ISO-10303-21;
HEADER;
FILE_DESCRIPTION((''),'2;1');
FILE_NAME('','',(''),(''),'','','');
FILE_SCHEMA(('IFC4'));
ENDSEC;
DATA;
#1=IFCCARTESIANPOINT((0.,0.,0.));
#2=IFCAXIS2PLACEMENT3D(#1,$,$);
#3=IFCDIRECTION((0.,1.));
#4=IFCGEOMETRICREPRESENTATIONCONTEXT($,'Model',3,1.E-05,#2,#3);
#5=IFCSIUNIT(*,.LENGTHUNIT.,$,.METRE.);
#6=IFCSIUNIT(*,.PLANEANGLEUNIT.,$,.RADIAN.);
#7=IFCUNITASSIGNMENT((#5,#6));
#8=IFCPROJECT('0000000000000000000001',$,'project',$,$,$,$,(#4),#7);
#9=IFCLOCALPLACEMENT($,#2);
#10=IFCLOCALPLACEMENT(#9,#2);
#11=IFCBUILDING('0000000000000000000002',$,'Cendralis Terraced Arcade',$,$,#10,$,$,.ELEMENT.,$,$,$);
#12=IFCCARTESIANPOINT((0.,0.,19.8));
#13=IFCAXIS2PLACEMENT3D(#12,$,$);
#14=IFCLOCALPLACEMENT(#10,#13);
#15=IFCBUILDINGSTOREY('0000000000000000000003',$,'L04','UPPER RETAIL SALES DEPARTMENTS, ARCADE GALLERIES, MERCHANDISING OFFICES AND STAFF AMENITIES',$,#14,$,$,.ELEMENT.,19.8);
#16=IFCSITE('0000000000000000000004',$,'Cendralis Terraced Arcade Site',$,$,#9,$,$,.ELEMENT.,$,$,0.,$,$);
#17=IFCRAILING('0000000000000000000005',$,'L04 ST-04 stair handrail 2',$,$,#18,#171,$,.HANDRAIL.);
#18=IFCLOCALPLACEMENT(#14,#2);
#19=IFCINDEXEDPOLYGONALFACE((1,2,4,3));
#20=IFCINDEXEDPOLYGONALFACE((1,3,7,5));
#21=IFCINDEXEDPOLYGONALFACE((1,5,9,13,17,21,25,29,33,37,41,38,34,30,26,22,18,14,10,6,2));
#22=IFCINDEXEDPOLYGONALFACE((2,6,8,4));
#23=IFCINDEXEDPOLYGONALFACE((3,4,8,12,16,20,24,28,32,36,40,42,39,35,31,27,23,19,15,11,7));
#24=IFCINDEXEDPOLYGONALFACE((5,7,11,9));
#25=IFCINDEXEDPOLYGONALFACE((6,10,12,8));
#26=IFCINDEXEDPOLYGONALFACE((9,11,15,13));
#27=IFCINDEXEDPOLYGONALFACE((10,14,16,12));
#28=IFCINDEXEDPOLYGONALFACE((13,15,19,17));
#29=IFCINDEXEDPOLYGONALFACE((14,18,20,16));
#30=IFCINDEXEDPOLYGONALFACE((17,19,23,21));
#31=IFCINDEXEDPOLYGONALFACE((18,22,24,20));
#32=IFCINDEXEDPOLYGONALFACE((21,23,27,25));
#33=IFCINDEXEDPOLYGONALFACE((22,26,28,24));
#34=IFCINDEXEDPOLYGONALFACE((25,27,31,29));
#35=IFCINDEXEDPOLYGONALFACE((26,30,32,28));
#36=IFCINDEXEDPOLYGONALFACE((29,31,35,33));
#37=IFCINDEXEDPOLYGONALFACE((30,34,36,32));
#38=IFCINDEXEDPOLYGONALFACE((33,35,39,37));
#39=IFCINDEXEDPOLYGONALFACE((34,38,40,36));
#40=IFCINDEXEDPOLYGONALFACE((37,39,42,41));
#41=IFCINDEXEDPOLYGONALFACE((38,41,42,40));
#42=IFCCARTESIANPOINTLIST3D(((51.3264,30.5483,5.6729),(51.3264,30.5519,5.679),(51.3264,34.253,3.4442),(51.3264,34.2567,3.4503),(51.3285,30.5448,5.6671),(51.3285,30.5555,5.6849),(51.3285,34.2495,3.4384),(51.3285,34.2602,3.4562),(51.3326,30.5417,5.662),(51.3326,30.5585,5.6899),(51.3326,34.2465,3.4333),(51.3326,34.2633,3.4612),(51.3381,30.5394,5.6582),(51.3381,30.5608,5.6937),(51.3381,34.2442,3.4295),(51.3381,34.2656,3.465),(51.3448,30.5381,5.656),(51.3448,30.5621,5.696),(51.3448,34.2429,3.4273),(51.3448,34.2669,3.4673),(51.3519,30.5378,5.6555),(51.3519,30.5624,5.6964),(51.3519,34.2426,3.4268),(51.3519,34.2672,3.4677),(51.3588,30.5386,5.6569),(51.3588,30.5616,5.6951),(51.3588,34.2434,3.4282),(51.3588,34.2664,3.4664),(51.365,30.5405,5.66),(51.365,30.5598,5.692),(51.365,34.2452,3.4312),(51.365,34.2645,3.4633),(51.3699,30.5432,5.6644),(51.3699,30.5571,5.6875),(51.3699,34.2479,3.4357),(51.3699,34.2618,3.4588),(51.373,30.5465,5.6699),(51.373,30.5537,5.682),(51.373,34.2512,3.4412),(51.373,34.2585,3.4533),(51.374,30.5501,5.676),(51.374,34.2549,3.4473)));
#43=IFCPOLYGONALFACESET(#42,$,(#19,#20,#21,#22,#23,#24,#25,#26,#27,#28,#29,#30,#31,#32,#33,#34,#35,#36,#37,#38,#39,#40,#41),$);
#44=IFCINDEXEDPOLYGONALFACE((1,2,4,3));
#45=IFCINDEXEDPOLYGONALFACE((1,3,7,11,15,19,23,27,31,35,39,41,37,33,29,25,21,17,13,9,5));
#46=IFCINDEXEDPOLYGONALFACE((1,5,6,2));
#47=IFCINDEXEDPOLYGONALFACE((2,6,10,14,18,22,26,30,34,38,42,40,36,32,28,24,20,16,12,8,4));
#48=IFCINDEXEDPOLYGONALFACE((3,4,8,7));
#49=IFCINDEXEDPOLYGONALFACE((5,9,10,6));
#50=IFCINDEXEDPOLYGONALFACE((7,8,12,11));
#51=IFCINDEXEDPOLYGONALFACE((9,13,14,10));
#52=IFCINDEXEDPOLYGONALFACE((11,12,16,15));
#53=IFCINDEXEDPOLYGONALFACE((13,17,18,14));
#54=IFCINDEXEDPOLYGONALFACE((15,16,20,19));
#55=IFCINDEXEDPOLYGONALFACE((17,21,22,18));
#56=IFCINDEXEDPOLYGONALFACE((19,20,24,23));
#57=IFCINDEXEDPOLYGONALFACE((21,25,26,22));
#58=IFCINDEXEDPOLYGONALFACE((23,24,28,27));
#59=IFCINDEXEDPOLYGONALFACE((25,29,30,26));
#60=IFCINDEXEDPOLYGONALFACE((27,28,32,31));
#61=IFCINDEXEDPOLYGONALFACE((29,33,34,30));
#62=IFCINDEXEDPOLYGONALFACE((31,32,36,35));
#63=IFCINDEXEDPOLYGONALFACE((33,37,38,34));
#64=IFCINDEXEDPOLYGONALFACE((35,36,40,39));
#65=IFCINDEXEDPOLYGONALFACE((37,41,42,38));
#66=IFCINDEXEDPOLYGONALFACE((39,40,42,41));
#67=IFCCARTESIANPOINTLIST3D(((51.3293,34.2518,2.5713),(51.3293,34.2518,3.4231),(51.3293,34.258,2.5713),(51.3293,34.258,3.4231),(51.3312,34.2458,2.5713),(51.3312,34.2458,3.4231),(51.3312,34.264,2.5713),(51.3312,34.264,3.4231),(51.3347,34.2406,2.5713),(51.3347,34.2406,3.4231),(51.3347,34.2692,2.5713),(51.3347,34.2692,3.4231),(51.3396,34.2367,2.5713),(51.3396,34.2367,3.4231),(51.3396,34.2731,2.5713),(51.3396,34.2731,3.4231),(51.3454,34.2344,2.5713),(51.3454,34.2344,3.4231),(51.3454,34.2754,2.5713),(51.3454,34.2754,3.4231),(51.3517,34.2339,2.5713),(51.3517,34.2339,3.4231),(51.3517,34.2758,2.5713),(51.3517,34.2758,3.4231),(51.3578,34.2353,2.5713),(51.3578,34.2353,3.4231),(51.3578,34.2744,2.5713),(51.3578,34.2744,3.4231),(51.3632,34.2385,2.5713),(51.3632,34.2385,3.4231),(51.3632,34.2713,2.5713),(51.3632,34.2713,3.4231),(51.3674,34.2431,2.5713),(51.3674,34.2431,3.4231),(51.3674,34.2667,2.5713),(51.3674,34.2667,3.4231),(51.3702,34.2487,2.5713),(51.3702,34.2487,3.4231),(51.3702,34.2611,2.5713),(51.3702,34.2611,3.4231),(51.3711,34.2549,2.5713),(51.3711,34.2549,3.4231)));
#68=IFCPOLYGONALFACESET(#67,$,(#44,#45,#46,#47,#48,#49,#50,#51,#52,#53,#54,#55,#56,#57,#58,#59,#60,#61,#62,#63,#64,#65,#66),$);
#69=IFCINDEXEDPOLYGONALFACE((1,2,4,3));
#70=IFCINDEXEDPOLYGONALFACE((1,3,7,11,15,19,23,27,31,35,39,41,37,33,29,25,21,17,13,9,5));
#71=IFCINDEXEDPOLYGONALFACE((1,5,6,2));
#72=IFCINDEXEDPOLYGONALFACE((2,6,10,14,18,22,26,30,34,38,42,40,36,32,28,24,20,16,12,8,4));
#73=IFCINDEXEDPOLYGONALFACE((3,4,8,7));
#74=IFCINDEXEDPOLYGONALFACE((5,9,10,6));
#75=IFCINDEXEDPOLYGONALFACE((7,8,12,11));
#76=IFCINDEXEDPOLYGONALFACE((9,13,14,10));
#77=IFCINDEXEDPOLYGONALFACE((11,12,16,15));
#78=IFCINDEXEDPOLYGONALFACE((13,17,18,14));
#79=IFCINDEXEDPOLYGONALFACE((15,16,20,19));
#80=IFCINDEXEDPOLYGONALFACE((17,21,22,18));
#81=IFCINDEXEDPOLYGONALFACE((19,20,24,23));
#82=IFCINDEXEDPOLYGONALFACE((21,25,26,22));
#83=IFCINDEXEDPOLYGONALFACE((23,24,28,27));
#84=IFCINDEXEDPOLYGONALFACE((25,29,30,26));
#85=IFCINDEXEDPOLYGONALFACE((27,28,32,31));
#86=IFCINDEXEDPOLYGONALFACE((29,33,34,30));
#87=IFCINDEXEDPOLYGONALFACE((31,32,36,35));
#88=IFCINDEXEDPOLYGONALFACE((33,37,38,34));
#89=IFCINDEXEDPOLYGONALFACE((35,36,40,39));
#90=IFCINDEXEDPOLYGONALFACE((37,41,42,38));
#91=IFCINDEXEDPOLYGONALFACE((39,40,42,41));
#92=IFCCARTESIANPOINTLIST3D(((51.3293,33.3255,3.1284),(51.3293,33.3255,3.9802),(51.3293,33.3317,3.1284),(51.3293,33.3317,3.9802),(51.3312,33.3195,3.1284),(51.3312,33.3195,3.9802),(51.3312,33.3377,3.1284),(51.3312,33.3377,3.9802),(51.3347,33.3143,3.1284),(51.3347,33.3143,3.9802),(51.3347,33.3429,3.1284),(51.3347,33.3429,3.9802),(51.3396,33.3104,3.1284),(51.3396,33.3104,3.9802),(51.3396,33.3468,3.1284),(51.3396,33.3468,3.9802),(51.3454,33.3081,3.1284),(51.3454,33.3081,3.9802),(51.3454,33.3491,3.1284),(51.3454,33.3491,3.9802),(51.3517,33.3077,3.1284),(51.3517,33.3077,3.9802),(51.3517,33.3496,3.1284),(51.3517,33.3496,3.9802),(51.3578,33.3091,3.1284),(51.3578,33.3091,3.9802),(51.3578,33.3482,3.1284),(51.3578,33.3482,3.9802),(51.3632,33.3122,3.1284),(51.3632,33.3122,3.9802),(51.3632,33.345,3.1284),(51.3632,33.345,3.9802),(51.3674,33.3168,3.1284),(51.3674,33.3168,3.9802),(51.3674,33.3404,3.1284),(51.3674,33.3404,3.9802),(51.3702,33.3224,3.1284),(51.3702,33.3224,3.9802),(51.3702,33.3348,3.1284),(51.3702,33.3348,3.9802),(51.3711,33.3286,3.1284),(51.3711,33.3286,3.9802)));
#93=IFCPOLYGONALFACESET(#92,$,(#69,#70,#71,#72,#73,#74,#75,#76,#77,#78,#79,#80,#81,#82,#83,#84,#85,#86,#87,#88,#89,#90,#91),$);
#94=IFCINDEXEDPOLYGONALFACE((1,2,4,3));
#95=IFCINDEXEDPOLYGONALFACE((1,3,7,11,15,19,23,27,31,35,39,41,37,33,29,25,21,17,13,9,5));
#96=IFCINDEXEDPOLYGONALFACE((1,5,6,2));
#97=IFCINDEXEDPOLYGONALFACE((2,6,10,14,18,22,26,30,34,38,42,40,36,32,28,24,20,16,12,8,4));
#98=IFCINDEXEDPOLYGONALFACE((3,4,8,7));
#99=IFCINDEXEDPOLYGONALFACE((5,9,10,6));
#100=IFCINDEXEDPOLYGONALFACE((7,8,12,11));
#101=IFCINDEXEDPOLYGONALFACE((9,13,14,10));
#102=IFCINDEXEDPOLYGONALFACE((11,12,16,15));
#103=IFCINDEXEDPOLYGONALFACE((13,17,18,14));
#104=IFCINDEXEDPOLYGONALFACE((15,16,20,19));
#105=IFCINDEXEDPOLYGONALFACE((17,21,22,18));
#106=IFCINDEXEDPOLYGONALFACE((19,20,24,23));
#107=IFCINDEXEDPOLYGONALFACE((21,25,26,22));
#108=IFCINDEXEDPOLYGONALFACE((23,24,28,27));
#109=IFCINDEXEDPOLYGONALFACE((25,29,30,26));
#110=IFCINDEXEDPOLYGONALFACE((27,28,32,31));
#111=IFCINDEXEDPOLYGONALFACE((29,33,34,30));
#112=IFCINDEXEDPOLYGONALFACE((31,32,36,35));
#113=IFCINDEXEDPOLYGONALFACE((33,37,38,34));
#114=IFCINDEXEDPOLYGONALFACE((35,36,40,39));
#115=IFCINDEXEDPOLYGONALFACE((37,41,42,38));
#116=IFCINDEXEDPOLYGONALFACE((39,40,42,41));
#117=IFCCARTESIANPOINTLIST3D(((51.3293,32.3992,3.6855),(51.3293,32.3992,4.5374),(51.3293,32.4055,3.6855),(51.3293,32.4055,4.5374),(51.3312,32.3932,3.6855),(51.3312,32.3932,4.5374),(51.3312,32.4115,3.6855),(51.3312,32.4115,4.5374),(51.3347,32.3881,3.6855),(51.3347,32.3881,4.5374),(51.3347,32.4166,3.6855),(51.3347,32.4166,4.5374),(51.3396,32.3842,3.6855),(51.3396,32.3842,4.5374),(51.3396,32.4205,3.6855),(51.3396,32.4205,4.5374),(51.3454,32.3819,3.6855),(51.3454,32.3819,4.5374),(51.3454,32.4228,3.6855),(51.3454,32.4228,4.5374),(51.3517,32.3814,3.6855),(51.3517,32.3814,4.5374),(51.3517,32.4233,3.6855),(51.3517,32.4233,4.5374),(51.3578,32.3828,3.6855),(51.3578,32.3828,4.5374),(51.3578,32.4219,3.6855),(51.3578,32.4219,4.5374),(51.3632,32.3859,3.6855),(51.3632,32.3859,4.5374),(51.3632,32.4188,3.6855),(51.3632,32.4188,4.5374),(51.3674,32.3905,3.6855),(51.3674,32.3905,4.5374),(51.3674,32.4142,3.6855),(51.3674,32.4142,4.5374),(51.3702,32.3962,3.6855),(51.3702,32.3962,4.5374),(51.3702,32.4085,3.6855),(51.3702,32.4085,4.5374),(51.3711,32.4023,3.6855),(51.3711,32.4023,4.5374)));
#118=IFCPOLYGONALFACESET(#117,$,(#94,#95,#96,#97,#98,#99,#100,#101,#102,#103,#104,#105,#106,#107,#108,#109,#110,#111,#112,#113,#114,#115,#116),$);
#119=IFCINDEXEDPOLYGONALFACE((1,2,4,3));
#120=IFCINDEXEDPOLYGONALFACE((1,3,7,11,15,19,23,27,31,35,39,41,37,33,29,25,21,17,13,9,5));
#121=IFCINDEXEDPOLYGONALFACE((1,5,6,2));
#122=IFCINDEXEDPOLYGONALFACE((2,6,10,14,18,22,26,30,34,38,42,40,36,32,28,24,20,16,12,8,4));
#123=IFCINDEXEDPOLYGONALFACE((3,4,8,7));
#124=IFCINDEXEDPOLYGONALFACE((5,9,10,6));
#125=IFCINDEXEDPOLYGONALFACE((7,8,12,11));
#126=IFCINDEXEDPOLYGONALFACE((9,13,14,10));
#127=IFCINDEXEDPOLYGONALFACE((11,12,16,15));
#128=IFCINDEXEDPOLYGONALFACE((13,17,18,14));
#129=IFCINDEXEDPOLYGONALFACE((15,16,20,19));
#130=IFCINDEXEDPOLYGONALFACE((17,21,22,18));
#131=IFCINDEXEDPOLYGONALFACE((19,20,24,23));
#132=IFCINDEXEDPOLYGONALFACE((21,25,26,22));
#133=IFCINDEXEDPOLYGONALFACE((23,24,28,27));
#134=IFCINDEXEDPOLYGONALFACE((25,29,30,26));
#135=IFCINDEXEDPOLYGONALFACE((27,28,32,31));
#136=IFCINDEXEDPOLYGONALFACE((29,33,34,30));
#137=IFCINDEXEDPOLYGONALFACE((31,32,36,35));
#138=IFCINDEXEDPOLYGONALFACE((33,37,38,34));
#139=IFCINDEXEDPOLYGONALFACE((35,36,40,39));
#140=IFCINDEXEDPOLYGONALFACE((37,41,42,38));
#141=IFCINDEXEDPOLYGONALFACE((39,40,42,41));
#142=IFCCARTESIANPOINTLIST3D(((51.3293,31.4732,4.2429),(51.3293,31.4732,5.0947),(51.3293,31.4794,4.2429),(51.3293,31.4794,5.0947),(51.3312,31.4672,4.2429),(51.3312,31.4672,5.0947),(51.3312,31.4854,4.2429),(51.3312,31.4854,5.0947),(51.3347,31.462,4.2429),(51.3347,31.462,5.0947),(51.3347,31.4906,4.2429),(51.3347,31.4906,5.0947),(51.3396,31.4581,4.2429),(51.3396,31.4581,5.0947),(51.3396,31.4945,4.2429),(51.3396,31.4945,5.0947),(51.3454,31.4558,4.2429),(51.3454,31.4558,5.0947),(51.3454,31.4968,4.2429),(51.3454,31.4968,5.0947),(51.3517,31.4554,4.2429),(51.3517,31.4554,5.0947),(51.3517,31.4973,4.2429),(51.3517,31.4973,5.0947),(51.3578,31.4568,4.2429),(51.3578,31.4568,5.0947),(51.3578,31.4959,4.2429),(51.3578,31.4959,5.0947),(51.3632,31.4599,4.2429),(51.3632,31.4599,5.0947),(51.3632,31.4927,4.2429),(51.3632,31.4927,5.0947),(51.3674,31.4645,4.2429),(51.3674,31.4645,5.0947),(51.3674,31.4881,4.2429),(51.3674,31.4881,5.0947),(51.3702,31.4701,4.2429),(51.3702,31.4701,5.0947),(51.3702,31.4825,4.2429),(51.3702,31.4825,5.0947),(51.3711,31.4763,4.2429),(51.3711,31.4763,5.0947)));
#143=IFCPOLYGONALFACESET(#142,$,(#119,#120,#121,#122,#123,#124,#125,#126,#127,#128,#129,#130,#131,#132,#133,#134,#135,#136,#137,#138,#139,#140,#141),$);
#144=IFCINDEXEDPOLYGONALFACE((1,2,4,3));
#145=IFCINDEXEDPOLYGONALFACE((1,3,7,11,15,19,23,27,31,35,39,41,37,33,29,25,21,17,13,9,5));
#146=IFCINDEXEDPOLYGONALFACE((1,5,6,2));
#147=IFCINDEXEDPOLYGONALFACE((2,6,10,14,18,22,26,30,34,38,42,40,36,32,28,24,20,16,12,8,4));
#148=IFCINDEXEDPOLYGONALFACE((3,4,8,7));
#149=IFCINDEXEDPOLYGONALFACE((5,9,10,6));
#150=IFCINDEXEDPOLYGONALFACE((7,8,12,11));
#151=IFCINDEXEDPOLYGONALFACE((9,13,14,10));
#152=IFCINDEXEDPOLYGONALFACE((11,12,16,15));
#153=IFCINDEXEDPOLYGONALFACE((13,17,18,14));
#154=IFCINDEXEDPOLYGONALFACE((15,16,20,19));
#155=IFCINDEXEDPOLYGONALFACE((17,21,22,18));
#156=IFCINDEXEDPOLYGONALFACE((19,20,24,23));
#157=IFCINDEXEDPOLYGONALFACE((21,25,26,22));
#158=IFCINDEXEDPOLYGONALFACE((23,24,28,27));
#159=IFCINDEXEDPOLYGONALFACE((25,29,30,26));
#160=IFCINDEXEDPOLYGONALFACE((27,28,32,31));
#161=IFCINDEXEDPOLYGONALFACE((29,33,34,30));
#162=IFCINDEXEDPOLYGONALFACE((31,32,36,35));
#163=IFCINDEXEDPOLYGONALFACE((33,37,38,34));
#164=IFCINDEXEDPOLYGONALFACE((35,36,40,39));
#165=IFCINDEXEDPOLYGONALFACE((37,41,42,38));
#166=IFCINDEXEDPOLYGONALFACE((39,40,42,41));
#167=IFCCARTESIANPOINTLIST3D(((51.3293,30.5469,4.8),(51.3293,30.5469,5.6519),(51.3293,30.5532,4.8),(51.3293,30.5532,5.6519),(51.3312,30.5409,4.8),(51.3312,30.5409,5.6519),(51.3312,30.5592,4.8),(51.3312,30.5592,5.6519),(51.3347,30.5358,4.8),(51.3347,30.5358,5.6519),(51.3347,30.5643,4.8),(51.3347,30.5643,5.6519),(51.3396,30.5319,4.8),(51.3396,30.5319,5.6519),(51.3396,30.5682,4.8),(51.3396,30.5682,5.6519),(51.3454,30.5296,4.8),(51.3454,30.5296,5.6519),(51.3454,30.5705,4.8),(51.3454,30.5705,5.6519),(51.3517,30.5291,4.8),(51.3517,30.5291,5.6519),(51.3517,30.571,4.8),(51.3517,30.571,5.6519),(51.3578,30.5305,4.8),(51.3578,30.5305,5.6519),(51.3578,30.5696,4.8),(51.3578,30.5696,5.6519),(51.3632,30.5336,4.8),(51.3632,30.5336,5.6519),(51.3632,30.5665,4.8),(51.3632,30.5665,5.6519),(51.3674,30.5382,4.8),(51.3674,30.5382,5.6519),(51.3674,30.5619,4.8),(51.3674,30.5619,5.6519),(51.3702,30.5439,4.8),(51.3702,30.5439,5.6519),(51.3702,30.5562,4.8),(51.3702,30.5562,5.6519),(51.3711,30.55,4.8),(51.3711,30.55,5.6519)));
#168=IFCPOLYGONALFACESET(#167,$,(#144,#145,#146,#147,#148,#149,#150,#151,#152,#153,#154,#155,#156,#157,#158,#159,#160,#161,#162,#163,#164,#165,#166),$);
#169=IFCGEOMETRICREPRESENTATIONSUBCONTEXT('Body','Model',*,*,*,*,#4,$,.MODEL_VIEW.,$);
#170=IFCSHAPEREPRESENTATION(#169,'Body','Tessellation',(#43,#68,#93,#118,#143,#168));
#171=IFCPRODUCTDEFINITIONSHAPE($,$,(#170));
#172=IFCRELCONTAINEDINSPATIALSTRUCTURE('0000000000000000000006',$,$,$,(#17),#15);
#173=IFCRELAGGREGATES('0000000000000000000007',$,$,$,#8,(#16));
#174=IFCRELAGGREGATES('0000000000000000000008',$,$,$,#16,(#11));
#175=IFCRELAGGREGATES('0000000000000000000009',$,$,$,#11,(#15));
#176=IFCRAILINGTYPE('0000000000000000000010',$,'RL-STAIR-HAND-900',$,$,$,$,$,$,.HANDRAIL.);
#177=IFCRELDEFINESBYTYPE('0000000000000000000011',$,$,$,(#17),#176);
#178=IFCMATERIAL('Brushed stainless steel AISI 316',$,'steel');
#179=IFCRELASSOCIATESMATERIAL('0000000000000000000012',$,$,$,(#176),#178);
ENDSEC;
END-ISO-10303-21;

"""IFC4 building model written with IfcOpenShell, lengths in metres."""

from ifc_helpers import new_model, si_unit, direction, frame, origin, origin_2d, place, context, subcontext, project, spatial, circle, extrude, material, type_object, element, save


model = new_model("IFC4")

# Units and contexts
model_context = context("Model", 3, precision=1e-05, world=origin(), true_north=direction((0.0, 1.0)))
body_context = subcontext(model_context, "Body", "Model", "MODEL_VIEW")
ifc_project = project(units=[si_unit("LENGTHUNIT", "METRE"), si_unit("PLANEANGLEUNIT", "RADIAN")], contexts=[model_context])

# Site, building, storey
site_placement = place(None, origin())
site = spatial("IfcSite", under=ifc_project, at=site_placement, Name="Cendralis Terraced Arcade Site", CompositionType="ELEMENT", RefElevation=0.0)
building_placement = place(site_placement, origin())
building = spatial("IfcBuilding", under=site, at=building_placement, Name="Cendralis Terraced Arcade", CompositionType="ELEMENT")
storey_placement = place(building_placement, frame((0.0, 0.0, 19.8)))
storey = spatial("IfcBuildingStorey", under=building, at=storey_placement, Name="L04", Description="UPPER RETAIL SALES DEPARTMENTS, ARCADE GALLERIES, MERCHANDISING OFFICES AND STAFF AMENITIES", CompositionType="ELEMENT", Elevation=19.8)

# Railing
ifc_material_1 = material(Name="Brushed stainless steel AISI 316", Category="steel")
railing_type_1 = type_object("IfcRailingType", Name="RL-STAIR-HAND-900", PredefinedType="HANDRAIL", material=ifc_material_1)
railing_1_placement = place(storey_placement, frame((51.3501, 34.2549, 2.5713)))
element("IfcRailing", 1, at=railing_1_placement, inside=storey, type_object=railing_type_1, Name="L04 ST-04 stair handrail 2", PredefinedType="HANDRAIL", context=body_context, shape_type="SweptSolid", body=[
    extrude(circle(Radius=0.0239, at=origin_2d()), frame((0.0, 0.0, 0.876), z_axis=(0.0, -0.856894, 0.515492), x_axis=(1.0, 0.0, 0.0)), (0.0, 0.0, 1.0), 4.3235),
    extrude(circle(Radius=0.021, at=origin_2d()), origin(), (0.0, 0.0, 1.0), 0.8518),
    extrude(circle(Radius=0.021, at=origin_2d()), frame((0.0, -0.9263, 0.5571)), (0.0, 0.0, 1.0), 0.8518),
    extrude(circle(Radius=0.021, at=origin_2d()), frame((0.0, -1.8525, 1.1143)), (0.0, 0.0, 1.0), 0.8518),
    extrude(circle(Radius=0.021, at=origin_2d()), frame((0.0, -2.7786, 1.6716)), (0.0, 0.0, 1.0), 0.8518),
    extrude(circle(Radius=0.021, at=origin_2d()), frame((0.0, -3.7048, 2.2288)), (0.0, 0.0, 1.0), 0.8518),
])

save(model, "model.ifc")
